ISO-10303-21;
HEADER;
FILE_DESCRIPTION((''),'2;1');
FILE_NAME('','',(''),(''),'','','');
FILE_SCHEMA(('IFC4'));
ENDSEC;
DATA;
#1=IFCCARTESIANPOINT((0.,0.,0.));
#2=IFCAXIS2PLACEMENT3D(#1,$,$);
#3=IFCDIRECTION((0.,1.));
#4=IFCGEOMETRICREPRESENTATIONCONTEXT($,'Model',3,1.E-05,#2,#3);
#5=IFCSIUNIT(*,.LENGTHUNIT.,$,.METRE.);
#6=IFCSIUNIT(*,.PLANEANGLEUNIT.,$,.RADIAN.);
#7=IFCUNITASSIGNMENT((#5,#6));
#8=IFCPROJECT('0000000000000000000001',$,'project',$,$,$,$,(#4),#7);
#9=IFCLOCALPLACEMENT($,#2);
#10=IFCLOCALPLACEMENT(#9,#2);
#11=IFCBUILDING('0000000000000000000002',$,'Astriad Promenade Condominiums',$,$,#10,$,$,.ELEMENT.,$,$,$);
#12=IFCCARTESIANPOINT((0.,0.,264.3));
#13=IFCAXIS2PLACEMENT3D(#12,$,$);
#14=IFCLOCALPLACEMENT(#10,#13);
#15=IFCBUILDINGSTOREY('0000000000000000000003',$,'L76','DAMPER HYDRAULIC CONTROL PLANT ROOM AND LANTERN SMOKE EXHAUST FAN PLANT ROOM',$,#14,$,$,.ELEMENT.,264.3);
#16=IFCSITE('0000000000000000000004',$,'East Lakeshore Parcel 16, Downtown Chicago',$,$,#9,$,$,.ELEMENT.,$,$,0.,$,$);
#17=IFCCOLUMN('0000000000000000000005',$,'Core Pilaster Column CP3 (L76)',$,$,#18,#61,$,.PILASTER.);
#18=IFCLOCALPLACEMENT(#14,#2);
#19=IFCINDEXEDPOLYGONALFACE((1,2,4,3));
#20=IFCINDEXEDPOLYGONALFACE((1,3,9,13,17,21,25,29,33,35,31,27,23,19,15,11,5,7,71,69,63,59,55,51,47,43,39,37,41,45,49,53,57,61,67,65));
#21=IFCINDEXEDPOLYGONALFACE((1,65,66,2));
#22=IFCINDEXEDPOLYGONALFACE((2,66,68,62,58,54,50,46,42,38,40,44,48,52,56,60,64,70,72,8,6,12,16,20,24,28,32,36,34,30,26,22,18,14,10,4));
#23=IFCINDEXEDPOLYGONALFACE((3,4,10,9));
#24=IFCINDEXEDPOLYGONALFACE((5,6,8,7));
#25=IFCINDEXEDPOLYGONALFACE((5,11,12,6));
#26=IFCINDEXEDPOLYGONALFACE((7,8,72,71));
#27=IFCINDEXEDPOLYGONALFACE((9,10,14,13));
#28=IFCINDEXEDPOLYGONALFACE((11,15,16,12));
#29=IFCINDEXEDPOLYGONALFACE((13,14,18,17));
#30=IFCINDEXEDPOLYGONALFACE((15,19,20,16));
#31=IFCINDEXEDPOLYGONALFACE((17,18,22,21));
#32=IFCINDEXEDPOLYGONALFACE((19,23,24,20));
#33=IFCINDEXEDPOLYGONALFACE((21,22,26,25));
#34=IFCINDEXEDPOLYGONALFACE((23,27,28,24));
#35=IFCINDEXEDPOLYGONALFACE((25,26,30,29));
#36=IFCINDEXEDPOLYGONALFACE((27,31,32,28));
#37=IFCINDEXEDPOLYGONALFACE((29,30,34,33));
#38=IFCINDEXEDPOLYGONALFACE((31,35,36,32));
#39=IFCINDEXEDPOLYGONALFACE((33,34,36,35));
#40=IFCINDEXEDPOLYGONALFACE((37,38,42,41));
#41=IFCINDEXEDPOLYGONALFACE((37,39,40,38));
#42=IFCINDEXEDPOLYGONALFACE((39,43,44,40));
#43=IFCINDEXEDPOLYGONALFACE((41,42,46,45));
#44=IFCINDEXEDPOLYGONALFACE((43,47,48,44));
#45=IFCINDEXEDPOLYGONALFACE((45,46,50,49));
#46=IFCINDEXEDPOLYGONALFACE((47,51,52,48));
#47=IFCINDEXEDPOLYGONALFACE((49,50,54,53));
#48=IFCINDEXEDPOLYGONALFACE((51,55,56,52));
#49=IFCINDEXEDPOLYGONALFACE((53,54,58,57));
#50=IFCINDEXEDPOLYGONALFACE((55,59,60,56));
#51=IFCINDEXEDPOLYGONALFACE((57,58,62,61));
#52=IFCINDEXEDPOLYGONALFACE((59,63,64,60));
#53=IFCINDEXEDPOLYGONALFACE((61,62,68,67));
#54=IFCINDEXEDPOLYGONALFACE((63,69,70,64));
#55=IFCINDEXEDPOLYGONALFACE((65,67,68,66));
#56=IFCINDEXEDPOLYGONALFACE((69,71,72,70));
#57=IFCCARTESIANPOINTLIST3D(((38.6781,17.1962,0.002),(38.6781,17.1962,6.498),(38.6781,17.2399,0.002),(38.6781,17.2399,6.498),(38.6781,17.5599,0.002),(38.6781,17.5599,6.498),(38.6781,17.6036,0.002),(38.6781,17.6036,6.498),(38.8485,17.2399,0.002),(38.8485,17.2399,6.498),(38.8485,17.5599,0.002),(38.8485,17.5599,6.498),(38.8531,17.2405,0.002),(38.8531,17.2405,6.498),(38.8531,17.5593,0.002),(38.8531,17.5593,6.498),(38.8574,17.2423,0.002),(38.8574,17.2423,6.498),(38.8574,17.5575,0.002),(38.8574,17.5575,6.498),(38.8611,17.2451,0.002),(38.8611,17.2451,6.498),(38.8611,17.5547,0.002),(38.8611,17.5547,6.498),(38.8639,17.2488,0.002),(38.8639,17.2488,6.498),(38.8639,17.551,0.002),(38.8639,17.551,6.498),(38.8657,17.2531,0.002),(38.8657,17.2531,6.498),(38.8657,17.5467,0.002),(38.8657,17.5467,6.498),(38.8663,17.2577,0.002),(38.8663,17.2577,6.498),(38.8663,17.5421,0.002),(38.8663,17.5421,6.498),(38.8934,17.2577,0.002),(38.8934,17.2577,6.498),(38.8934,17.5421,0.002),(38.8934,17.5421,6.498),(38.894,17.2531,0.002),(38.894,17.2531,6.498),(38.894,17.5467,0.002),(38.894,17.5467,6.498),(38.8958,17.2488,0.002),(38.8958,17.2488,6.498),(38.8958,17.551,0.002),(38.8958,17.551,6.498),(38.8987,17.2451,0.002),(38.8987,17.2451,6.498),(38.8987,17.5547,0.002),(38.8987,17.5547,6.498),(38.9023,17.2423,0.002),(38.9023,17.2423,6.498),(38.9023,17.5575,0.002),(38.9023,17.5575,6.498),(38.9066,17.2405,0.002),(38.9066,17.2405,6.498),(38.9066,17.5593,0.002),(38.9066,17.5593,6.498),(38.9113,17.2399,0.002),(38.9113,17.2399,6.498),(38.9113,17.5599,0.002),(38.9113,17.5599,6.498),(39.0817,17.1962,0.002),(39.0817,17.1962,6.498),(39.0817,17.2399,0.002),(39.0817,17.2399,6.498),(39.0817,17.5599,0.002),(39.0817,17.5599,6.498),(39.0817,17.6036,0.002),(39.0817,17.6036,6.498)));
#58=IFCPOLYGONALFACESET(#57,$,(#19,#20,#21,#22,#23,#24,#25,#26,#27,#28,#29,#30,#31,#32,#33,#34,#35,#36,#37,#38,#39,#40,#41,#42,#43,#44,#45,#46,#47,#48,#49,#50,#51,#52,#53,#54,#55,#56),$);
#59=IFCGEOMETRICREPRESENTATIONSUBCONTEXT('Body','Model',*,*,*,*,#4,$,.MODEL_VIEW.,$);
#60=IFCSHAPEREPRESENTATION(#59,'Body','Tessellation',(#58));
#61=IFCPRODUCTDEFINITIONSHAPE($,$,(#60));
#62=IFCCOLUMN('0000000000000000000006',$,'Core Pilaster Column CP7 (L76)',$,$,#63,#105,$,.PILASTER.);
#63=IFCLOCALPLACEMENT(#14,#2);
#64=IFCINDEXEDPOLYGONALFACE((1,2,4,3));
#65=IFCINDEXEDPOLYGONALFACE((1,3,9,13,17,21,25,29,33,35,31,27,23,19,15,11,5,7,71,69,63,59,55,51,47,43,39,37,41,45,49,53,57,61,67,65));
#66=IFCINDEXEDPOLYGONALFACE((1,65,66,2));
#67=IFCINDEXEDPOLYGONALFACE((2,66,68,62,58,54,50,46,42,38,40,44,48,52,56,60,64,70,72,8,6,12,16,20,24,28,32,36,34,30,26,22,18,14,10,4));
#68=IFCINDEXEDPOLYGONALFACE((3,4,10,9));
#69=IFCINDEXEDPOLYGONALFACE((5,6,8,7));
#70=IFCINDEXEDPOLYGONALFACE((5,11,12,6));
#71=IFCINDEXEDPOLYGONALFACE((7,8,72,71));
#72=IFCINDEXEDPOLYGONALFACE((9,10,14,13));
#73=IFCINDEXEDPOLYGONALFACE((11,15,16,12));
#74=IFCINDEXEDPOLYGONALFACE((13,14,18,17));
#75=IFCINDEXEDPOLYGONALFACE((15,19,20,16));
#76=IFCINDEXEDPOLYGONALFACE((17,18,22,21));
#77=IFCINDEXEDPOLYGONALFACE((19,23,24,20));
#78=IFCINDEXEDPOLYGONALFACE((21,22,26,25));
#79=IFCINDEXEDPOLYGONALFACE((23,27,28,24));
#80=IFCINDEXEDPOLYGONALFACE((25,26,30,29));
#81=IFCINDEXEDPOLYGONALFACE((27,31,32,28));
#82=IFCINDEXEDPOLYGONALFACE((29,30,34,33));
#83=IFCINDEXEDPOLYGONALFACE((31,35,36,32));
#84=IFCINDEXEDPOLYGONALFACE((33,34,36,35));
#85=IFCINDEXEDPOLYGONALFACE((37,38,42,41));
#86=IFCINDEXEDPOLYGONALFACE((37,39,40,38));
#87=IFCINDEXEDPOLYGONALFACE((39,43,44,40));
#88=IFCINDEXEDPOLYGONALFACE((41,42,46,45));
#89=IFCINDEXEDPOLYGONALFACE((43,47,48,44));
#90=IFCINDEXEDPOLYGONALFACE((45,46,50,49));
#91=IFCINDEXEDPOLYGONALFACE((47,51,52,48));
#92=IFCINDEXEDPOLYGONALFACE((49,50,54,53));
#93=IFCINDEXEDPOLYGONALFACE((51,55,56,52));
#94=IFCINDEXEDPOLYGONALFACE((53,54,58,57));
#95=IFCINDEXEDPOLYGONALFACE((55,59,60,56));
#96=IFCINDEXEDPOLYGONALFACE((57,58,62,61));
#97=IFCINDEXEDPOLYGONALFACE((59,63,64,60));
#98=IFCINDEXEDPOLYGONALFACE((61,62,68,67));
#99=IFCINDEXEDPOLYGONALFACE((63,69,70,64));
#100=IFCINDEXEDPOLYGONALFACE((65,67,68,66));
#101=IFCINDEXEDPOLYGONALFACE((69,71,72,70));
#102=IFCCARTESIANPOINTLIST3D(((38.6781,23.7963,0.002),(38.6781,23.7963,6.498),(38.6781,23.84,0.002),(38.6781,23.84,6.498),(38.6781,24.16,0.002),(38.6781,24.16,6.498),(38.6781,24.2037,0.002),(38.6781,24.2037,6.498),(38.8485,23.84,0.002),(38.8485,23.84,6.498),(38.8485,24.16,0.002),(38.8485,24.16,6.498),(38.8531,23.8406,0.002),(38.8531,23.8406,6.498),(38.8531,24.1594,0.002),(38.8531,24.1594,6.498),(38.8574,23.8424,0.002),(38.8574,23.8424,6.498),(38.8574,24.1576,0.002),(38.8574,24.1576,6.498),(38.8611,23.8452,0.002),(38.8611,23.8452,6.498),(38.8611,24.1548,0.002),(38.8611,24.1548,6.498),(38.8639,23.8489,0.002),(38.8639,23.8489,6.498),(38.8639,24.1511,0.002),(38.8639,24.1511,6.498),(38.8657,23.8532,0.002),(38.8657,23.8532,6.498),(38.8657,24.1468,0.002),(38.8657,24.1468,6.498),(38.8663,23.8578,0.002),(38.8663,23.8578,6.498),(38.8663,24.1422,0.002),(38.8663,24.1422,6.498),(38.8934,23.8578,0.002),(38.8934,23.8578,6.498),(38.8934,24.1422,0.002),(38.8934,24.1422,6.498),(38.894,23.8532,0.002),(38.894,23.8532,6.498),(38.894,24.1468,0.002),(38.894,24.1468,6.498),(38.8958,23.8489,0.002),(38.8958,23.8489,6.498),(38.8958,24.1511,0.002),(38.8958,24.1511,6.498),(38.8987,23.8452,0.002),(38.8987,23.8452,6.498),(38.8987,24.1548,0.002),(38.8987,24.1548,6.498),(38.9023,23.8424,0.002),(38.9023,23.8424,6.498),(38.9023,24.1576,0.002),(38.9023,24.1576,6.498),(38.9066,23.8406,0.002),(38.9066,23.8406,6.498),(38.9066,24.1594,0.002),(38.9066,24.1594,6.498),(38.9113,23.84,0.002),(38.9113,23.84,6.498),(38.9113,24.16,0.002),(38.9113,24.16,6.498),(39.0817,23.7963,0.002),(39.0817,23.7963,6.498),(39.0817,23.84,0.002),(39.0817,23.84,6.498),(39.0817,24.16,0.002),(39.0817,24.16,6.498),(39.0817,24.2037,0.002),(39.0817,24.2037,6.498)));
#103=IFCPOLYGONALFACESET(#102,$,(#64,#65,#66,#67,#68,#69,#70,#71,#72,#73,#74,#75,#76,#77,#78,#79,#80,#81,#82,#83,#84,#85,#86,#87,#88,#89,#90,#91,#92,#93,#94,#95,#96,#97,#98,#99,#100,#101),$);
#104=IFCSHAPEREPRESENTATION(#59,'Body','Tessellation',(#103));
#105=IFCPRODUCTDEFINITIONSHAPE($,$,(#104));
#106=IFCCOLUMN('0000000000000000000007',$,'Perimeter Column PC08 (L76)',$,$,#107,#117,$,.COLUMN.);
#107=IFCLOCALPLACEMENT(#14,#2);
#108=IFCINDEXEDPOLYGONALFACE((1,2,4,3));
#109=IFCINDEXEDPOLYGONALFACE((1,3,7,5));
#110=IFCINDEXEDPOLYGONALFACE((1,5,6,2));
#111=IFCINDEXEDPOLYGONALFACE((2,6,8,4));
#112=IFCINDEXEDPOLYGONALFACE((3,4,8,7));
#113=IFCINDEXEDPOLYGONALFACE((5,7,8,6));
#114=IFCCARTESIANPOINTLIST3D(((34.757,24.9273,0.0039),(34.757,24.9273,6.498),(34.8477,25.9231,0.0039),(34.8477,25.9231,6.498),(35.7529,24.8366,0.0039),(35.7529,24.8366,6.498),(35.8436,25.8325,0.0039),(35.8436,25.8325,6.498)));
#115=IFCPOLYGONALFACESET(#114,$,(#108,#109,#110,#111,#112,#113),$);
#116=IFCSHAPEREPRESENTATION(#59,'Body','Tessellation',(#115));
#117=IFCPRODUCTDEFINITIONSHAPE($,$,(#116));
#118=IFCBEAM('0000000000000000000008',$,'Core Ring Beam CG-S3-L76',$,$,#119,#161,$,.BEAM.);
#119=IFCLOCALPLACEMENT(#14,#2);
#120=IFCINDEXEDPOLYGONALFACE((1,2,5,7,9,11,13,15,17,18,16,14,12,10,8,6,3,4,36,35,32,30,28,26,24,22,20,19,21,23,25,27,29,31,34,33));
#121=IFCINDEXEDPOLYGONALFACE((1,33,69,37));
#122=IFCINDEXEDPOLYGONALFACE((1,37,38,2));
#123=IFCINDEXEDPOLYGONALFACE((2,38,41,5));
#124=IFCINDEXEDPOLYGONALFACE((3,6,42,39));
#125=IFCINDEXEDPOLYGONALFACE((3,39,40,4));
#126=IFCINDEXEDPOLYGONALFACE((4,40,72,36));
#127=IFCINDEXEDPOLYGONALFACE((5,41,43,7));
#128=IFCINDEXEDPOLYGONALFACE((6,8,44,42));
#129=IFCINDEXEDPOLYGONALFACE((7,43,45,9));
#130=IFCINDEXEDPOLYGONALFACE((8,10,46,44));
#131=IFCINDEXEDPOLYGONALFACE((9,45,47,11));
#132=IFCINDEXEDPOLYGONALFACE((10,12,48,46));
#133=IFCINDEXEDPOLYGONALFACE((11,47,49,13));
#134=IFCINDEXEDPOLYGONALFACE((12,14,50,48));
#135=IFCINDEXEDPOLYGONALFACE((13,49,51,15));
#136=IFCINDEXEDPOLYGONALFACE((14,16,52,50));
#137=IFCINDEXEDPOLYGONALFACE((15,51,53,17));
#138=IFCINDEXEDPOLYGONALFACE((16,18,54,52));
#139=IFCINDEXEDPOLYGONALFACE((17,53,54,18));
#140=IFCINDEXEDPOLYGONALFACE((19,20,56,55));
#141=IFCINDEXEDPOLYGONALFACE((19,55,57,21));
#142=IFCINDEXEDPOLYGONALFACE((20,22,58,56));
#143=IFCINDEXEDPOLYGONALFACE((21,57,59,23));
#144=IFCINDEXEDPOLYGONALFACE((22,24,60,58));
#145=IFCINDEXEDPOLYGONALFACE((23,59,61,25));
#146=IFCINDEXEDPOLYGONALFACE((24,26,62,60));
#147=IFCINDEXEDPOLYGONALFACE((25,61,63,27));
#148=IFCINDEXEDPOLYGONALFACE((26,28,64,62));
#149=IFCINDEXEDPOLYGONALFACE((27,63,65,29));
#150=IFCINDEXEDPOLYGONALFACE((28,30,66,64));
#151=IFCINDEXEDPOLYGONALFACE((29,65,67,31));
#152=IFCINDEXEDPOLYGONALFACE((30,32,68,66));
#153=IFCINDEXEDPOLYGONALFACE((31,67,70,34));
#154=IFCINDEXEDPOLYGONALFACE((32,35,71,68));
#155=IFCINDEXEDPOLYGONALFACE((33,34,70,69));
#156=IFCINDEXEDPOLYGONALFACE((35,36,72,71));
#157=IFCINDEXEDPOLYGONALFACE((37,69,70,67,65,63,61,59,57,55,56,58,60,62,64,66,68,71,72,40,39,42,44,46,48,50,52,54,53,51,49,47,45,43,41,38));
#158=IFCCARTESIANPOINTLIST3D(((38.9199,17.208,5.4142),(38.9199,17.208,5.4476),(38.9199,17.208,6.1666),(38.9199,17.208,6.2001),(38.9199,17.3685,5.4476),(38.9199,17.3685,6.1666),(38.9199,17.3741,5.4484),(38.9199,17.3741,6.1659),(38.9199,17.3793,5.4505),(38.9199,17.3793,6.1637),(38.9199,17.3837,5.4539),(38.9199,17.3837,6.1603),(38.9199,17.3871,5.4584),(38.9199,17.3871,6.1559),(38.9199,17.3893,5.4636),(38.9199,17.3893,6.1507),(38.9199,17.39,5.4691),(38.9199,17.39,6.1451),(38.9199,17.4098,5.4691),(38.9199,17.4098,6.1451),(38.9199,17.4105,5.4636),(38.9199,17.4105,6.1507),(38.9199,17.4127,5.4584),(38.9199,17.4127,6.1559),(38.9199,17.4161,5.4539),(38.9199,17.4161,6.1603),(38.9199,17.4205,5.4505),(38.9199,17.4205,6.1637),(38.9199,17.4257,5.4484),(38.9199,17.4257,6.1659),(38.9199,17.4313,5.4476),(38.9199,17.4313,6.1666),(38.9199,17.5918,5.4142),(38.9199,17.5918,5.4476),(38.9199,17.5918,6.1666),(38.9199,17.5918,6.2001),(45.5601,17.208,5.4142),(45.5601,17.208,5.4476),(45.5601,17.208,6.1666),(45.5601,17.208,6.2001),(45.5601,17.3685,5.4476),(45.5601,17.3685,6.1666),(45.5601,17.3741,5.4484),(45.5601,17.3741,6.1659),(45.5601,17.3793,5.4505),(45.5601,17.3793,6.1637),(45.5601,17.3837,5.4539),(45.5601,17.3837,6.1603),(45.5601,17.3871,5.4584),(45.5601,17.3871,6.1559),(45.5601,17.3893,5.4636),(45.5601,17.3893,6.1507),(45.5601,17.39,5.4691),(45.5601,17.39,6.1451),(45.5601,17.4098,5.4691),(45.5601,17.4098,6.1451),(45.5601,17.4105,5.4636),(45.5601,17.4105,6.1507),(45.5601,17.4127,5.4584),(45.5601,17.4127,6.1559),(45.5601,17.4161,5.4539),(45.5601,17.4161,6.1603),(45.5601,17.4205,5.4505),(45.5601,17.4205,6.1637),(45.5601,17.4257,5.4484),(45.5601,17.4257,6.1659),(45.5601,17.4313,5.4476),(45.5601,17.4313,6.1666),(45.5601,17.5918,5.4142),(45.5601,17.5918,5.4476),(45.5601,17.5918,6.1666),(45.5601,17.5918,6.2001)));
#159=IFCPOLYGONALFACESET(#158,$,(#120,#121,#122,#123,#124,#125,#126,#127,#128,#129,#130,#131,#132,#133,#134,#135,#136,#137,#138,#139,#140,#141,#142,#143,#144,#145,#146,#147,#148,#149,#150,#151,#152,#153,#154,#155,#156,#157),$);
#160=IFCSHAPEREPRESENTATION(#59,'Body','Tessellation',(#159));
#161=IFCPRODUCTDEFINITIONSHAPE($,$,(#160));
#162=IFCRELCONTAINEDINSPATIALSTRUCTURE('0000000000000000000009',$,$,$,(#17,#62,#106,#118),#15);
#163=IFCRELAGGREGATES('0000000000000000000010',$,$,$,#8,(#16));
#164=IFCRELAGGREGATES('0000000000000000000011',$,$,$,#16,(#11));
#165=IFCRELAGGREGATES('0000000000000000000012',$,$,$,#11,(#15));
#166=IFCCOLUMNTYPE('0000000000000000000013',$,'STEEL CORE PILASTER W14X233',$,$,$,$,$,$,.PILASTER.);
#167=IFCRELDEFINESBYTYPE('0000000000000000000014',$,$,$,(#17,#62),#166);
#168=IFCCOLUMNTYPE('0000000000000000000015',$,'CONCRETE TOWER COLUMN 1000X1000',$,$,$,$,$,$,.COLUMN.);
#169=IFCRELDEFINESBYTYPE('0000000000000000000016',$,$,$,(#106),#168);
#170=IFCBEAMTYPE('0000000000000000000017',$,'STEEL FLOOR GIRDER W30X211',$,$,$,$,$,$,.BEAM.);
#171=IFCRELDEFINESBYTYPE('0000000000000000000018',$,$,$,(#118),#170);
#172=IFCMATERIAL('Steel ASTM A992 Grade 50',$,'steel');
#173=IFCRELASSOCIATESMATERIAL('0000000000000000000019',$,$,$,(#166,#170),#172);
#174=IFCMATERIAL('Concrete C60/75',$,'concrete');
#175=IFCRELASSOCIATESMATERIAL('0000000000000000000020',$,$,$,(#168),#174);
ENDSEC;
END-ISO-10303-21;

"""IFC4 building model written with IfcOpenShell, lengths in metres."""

from ifc_helpers import new_model, si_unit, direction, frame, origin, origin_2d, place, context, subcontext, project, spatial, rectangle, i_section, extrude, source, transform, mapped, material, material_profile, profile_set, type_object, type_shapes, element, save


model = new_model("IFC4")

# Units and contexts
model_context = context("Model", 3, precision=1e-05, world=origin(), true_north=direction((0.0, 1.0)))
body_context = subcontext(model_context, "Body", "Model", "MODEL_VIEW")
ifc_project = project(units=[si_unit("LENGTHUNIT", "METRE"), si_unit("PLANEANGLEUNIT", "RADIAN")], contexts=[model_context])

# Site, building, storey
site_placement = place(None, origin())
site = spatial("IfcSite", under=ifc_project, at=site_placement, Name="East Lakeshore Parcel 16, Downtown Chicago", CompositionType="ELEMENT", RefElevation=0.0)
building_placement = place(site_placement, origin())
building = spatial("IfcBuilding", under=site, at=building_placement, Name="Astriad Promenade Condominiums", CompositionType="ELEMENT")
storey_placement = place(building_placement, frame((0.0, 0.0, 264.3)))
storey = spatial("IfcBuildingStorey", under=building, at=storey_placement, Name="L76", Description="DAMPER HYDRAULIC CONTROL PLANT ROOM AND LANTERN SMOKE EXHAUST FAN PLANT ROOM", CompositionType="ELEMENT", Elevation=264.3)

# Columns
ifc_material_1 = material(Name="Steel ASTM A992 Grade 50", Category="steel")
ifc_material_profile_1 = material_profile(ifc_material_1, i_section(OverallWidth=0.4036, OverallDepth=0.4075, WebThickness=0.0271, FlangeThickness=0.0437, FilletRadius=0.0178, at=origin_2d()), Name="W14X233")
ifc_profile_set_1 = profile_set([ifc_material_profile_1], Name="Steel ASTM A992 Grade 50")
column_type_1 = type_object("IfcColumnType", Name="STEEL CORE PILASTER W14X233", PredefinedType="PILASTER", material=ifc_profile_set_1)
shared_shape_1 = source(origin(), body_context, "Body", "SweptSolid", [
    extrude(i_section(OverallWidth=0.4036, OverallDepth=0.4075, WebThickness=0.0271, FlangeThickness=0.0437, FilletRadius=0.0178, at=origin_2d()), origin(), (0.0, 0.0, 1.0), 6.4961),
])
type_shapes(column_type_1, [shared_shape_1])
for number, where, z_axis, x_axis, name in (
    (1, (38.8799, 17.3999, 0.002), (0.0, 0.0, 1.0), (1.0, 0.0, 0.0), "Core Pilaster Column CP3 (L76)"),
    (2, (38.8799, 24.0, 0.002), (0.0, 0.0, 1.0), (1.0, 0.0, 0.0), "Core Pilaster Column CP7 (L76)"),
):
    element("IfcColumn", number, at=place(storey_placement, frame(where, z_axis=z_axis, x_axis=x_axis)), inside=storey, type_object=column_type_1, Name=name, PredefinedType="PILASTER", context=body_context, shape_type="MappedRepresentation", body=[
        mapped(shared_shape_1, transform((0.0, 0.0, 0.0), scale=1.0)),
    ])
ifc_material_2 = material(Name="Concrete C60/75", Category="concrete")
ifc_material_profile_2 = material_profile(ifc_material_2, rectangle(XDim=1.0, YDim=1.0, at=origin_2d()), Name="RC-COL-1000X1000")
ifc_profile_set_2 = profile_set([ifc_material_profile_2], Name="Concrete C60/75")
column_type_2 = type_object("IfcColumnType", Name="CONCRETE TOWER COLUMN 1000X1000", PredefinedType="COLUMN", material=ifc_profile_set_2)
shared_shape_2 = source(origin(), body_context, "Body", "SweptSolid", [
    extrude(rectangle(XDim=1.0, YDim=1.0, at=origin_2d()), origin(), (0.0, 0.0, 1.0), 6.4941),
])
type_shapes(column_type_2, [shared_shape_2])
column_placement = place(storey_placement, frame((35.3003, 25.3799, 0.0039), z_axis=(0.0, 0.0, 1.0), x_axis=(0.995884, -0.090633, 0.0)))
element("IfcColumn", 3, at=column_placement, inside=storey, type_object=column_type_2, Name="Perimeter Column PC08 (L76)", PredefinedType="COLUMN", context=body_context, shape_type="MappedRepresentation", body=[
    mapped(shared_shape_2, transform((0.0, 0.0, 0.0), scale=1.0)),
])

# Beam
ifc_material_profile_3 = material_profile(ifc_material_1, i_section(OverallWidth=0.3838, OverallDepth=0.7859, WebThickness=0.0198, FlangeThickness=0.0334, FilletRadius=0.0215, at=origin_2d()), Name="W30X211")
ifc_profile_set_3 = profile_set([ifc_material_profile_3], Name="Steel ASTM A992 Grade 50")
beam_type_1 = type_object("IfcBeamType", Name="STEEL FLOOR GIRDER W30X211", PredefinedType="BEAM", material=ifc_profile_set_3)
shared_shape_3 = source(origin(), body_context, "Body", "SweptSolid", [
    extrude(i_section(OverallWidth=0.3838, OverallDepth=0.7859, WebThickness=0.0198, FlangeThickness=0.0334, FilletRadius=0.0215, at=origin_2d()), origin(), (0.0, 0.0, 1.0), 6.6401),
])
type_shapes(beam_type_1, [shared_shape_3])
beam_1_placement = place(storey_placement, frame((38.9199, 17.3999, 5.8071), z_axis=(1.0, 0.0, 0.0), x_axis=(0.0, 1.0, 0.0)))
element("IfcBeam", 4, at=beam_1_placement, inside=storey, type_object=beam_type_1, Name="Core Ring Beam CG-S3-L76", PredefinedType="BEAM", context=body_context, shape_type="MappedRepresentation", body=[
    mapped(shared_shape_3, transform((0.0, 0.0, 0.0), scale=1.0)),
])

save(model, "model.ifc")
